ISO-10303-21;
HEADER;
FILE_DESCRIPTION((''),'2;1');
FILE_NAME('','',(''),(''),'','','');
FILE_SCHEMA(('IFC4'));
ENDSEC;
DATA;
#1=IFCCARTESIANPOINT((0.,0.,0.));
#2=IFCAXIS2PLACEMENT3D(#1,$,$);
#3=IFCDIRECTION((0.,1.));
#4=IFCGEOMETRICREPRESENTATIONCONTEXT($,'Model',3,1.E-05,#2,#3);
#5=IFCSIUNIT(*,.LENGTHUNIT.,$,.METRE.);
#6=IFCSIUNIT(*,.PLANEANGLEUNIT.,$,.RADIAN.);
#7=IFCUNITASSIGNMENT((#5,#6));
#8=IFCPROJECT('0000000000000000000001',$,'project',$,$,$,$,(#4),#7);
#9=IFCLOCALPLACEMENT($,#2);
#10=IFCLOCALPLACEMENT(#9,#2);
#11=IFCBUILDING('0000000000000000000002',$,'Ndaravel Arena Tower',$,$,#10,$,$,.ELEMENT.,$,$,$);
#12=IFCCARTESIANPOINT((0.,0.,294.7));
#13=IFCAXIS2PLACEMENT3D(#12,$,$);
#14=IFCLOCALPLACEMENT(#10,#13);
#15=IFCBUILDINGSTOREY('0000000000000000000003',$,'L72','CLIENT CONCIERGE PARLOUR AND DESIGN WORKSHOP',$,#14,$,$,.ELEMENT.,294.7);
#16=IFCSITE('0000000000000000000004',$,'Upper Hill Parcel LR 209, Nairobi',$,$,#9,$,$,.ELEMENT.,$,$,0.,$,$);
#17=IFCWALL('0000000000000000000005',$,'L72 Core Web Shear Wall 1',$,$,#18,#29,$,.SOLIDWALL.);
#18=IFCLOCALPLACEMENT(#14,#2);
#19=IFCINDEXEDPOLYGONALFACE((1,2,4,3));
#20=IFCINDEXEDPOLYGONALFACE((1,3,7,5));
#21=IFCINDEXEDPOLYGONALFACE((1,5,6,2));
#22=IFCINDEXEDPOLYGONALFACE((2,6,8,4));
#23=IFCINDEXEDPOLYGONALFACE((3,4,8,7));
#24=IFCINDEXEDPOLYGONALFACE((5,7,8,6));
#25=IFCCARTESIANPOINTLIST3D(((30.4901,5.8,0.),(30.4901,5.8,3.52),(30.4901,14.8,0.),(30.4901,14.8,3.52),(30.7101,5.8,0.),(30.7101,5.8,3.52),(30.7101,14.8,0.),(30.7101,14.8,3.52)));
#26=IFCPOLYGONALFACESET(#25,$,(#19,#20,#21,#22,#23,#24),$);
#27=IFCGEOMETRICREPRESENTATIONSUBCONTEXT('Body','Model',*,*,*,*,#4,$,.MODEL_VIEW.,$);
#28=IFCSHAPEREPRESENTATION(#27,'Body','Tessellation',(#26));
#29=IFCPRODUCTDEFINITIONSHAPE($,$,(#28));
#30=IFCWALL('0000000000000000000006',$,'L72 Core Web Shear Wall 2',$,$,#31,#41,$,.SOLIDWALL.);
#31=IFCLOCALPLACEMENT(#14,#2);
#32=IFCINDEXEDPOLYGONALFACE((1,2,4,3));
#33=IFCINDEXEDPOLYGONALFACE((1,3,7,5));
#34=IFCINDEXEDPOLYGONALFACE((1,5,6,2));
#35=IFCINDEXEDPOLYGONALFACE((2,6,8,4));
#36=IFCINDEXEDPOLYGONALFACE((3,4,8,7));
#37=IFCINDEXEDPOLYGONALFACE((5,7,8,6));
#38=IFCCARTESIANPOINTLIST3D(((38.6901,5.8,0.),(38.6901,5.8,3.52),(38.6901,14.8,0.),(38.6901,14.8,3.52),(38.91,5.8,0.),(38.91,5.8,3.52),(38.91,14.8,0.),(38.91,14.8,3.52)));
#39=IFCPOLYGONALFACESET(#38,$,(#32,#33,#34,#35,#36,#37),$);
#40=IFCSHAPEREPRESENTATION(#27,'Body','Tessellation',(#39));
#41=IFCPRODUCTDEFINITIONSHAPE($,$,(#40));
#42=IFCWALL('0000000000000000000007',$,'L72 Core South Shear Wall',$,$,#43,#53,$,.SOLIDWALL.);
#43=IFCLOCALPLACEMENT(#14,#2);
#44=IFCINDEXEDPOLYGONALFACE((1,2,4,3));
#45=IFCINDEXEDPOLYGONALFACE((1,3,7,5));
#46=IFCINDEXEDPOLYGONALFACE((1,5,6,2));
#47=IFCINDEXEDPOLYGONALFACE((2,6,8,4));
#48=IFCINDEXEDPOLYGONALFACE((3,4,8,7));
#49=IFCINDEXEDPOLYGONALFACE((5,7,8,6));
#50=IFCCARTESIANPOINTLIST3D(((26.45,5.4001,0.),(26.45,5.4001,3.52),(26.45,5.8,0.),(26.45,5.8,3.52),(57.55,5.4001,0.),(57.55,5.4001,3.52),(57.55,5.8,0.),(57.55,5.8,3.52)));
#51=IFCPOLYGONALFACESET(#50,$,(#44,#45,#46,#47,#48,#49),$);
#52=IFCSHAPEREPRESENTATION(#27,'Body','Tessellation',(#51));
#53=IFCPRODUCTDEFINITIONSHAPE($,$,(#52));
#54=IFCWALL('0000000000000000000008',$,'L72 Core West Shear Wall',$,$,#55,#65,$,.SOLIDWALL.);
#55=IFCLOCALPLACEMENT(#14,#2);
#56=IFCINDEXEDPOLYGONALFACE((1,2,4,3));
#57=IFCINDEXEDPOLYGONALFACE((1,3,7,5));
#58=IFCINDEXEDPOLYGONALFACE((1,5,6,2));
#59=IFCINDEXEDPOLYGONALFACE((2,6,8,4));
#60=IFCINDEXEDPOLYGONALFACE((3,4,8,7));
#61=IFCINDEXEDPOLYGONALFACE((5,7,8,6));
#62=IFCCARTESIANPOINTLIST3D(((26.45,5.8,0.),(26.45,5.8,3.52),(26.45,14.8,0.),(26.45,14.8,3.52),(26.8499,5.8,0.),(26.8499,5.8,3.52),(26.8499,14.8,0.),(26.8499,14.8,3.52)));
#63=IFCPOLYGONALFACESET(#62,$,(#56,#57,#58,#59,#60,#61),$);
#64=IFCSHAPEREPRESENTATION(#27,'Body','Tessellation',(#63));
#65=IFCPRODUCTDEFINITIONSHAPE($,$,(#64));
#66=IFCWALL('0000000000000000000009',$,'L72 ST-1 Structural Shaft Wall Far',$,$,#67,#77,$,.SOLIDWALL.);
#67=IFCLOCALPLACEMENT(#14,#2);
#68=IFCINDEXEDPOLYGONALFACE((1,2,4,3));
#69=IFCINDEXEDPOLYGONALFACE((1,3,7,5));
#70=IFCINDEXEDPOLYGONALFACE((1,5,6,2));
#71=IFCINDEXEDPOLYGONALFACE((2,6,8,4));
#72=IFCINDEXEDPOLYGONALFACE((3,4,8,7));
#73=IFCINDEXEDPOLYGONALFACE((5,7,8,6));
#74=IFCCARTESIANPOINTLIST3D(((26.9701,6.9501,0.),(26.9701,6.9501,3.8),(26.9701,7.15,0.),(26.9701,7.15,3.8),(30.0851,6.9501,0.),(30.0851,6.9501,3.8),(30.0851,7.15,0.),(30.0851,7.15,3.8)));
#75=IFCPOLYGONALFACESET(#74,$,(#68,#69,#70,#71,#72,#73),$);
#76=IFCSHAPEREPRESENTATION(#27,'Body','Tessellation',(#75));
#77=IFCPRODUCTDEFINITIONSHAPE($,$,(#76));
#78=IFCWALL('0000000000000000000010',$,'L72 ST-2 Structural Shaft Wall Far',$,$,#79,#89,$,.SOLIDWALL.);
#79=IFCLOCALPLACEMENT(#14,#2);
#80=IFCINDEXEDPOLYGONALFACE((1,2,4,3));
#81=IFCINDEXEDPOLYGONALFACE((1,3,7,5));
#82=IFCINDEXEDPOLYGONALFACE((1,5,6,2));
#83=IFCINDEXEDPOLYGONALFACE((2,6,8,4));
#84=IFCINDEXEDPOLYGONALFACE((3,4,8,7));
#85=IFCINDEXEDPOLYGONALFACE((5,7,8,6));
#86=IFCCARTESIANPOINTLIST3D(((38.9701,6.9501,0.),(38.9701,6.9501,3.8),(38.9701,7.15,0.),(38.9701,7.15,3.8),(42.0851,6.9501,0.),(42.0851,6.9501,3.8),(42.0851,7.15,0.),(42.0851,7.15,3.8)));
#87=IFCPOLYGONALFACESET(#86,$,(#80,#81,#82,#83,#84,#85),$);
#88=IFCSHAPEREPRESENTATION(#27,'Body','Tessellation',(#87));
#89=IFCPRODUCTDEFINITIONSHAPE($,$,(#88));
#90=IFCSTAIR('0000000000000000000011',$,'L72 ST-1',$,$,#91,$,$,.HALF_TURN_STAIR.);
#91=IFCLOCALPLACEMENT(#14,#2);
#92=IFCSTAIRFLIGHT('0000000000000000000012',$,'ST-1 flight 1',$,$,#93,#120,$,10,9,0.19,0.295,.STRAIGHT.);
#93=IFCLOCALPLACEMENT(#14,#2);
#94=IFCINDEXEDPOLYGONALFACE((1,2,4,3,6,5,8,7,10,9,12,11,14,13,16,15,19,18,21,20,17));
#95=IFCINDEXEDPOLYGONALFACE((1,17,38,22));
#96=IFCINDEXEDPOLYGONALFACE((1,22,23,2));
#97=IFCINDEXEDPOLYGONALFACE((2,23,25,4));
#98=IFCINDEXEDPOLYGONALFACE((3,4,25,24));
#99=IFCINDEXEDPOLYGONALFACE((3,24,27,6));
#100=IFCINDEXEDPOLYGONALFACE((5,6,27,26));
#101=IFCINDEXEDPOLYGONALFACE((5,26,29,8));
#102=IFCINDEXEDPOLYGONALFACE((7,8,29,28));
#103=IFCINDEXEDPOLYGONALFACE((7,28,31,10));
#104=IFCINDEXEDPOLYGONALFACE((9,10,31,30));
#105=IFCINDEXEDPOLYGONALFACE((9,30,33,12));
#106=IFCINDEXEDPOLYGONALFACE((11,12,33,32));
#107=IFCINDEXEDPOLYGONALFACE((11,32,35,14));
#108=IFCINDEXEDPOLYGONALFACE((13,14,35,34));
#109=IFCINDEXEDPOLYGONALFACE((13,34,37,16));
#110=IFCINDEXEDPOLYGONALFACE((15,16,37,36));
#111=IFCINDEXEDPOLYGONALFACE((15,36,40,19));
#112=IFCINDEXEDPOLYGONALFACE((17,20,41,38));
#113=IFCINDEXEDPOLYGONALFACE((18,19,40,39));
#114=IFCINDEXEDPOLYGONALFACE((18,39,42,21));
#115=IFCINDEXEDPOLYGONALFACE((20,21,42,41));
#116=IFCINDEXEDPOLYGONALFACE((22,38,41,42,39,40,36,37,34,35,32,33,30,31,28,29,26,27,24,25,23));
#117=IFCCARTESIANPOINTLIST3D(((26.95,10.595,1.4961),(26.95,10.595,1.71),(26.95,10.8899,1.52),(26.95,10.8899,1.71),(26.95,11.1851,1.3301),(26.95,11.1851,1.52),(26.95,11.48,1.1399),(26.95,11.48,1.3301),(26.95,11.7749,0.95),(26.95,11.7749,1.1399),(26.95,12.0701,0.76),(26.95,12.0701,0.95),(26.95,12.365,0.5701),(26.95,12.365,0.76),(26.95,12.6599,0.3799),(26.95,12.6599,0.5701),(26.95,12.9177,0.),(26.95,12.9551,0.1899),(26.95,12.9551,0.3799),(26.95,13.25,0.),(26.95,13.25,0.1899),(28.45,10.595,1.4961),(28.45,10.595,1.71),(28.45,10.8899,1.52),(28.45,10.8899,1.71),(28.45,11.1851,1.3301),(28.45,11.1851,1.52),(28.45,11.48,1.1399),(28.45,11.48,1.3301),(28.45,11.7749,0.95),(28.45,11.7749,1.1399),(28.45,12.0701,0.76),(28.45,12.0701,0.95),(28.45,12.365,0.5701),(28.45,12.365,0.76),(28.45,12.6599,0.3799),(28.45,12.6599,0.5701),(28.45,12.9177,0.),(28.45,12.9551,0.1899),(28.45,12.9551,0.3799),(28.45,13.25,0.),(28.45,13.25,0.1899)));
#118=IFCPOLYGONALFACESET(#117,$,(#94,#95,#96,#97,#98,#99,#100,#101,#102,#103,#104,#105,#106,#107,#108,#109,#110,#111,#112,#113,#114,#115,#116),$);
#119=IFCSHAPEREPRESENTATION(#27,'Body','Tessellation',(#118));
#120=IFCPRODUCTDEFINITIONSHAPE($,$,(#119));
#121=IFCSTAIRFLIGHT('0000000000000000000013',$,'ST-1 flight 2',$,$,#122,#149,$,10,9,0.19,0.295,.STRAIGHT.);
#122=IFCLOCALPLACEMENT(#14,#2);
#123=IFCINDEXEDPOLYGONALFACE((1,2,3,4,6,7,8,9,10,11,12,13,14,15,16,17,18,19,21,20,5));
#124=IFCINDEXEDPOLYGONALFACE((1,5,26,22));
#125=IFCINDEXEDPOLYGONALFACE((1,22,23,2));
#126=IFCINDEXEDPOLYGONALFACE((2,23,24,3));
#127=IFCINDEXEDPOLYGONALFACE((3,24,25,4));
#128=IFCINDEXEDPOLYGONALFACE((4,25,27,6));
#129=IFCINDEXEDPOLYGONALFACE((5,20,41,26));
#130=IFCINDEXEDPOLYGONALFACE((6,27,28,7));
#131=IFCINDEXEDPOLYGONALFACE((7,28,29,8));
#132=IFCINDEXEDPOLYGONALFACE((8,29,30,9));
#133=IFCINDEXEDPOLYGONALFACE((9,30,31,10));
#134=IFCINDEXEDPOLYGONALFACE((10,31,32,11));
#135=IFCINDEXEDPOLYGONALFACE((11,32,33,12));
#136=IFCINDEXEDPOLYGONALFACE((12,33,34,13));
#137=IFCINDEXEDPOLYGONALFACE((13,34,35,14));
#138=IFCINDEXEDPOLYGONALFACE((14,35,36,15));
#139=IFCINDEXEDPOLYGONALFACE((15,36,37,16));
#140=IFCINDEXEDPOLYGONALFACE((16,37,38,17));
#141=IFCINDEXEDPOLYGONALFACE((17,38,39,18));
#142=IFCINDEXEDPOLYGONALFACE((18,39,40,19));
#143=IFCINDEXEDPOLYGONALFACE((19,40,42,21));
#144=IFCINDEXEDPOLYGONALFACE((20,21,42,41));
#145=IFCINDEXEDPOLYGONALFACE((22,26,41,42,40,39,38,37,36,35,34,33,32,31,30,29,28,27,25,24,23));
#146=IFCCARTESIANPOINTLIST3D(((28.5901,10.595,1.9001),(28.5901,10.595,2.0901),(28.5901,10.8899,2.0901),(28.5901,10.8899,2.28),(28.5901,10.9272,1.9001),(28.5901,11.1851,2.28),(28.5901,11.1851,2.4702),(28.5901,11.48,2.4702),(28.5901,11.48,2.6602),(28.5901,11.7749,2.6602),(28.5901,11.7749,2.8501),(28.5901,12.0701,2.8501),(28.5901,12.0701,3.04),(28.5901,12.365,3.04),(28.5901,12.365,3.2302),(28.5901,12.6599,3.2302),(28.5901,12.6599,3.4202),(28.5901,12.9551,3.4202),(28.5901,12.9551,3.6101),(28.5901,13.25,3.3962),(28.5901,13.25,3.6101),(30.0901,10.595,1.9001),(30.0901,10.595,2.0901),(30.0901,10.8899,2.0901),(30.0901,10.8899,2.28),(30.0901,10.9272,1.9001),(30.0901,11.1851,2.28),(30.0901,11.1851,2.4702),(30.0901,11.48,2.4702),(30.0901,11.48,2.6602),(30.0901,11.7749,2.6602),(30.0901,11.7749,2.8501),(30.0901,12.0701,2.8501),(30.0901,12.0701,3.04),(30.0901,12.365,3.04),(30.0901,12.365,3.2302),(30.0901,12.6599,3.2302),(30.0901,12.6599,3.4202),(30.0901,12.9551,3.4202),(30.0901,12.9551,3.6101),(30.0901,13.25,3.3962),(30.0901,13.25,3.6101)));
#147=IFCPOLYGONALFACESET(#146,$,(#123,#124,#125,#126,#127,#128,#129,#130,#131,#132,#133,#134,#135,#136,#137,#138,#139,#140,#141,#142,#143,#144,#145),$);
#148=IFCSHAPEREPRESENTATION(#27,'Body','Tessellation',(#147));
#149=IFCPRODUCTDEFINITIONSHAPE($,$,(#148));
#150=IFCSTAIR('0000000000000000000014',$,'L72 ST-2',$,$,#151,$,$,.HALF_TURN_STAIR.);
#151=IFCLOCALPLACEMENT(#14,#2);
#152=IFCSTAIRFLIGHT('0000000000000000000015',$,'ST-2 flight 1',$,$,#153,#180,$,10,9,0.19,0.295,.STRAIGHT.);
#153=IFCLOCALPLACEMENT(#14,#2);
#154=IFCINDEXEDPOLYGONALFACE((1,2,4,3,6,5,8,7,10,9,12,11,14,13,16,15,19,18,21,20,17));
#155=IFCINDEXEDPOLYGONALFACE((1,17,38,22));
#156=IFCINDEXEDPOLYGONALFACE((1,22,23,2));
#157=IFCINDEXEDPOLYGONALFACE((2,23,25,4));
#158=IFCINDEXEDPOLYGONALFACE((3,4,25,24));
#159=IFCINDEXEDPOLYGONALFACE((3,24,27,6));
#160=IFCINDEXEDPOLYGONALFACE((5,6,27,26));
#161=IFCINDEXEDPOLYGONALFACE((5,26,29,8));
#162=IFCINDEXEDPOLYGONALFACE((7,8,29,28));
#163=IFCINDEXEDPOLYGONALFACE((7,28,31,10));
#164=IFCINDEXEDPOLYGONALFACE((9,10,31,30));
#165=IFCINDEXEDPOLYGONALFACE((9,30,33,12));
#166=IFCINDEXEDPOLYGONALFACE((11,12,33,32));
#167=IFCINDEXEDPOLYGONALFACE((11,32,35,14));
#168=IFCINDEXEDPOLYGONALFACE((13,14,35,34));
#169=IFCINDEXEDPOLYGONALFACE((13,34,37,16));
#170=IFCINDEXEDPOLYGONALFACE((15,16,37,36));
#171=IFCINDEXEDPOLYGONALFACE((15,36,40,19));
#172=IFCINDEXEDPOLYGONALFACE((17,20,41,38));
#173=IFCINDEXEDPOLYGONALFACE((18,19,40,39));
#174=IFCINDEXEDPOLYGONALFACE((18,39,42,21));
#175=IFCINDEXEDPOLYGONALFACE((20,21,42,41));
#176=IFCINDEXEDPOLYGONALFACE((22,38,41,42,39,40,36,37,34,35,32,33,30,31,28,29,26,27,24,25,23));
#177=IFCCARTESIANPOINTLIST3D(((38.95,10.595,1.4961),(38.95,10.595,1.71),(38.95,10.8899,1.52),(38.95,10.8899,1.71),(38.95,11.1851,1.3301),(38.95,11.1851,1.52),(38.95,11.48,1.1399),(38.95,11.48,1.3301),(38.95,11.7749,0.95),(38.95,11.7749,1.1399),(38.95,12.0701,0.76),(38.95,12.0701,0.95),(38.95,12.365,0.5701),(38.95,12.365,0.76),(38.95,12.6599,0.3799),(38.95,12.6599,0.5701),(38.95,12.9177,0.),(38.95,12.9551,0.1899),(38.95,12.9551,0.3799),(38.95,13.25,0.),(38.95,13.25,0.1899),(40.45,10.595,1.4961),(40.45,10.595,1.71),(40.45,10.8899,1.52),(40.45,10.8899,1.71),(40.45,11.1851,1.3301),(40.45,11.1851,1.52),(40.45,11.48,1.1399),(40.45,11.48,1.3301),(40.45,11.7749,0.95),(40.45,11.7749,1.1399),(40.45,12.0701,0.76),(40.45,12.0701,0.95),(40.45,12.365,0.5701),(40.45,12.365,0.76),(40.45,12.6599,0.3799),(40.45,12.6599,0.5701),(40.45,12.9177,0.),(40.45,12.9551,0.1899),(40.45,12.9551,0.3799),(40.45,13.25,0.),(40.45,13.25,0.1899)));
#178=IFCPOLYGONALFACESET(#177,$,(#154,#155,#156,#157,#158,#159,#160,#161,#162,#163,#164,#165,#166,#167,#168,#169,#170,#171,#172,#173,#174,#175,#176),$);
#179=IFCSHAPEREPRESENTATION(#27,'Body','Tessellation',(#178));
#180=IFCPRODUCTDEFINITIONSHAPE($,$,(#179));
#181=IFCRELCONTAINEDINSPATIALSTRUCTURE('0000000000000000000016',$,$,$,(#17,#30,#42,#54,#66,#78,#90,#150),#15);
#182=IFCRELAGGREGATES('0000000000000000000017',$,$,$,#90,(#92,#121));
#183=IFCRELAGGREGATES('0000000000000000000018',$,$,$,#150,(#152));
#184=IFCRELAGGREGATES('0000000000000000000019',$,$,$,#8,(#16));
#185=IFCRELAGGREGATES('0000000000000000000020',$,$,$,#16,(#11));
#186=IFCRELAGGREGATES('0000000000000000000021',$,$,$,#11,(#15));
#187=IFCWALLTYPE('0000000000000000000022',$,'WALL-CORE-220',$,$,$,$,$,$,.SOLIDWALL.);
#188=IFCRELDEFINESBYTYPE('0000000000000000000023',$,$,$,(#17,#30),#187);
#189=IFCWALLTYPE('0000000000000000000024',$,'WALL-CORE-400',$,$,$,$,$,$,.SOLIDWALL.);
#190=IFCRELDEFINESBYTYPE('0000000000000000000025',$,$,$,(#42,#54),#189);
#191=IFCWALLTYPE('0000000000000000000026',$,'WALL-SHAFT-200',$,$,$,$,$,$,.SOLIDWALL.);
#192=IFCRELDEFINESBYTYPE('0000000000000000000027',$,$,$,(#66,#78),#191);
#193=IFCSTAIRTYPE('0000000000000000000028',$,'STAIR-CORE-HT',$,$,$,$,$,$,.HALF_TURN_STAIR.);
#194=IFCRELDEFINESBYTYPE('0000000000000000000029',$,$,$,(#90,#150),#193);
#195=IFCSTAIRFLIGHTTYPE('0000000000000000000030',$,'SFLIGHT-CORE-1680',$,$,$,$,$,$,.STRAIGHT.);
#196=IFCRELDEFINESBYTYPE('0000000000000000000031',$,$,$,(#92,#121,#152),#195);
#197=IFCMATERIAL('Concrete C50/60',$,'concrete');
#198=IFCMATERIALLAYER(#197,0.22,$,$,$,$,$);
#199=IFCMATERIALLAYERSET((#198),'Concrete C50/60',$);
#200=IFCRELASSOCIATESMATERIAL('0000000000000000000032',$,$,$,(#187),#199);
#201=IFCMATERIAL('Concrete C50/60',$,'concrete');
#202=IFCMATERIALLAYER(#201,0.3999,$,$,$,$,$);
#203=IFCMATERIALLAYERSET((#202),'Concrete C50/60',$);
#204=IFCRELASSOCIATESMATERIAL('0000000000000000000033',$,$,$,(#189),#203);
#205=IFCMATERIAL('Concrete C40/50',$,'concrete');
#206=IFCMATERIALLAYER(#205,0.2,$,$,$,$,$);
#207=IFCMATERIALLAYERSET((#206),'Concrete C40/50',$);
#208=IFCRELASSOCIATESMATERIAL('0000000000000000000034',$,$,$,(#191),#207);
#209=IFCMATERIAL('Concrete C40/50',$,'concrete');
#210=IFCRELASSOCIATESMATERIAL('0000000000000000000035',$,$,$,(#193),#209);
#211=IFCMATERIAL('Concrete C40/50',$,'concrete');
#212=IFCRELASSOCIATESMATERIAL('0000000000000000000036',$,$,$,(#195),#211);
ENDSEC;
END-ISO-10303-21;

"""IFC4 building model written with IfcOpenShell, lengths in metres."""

from ifc_helpers import new_model, si_unit, direction, frame, frame_2d, origin, place, context, subcontext, project, spatial, polyline, rectangle, outline, extrude, material, layer, layer_set, type_object, element, aggregate, save


model = new_model("IFC4")

# Units and contexts
model_context = context("Model", 3, precision=1e-05, world=origin(), true_north=direction((0.0, 1.0)))
body_context = subcontext(model_context, "Body", "Model", "MODEL_VIEW")
ifc_project = project(units=[si_unit("LENGTHUNIT", "METRE"), si_unit("PLANEANGLEUNIT", "RADIAN")], contexts=[model_context])

# Site, building, storey
site_placement = place(None, origin())
site = spatial("IfcSite", under=ifc_project, at=site_placement, Name="Upper Hill Parcel LR 209, Nairobi", CompositionType="ELEMENT", RefElevation=0.0)
building_placement = place(site_placement, origin())
building = spatial("IfcBuilding", under=site, at=building_placement, Name="Ndaravel Arena Tower", CompositionType="ELEMENT")
storey_placement = place(building_placement, frame((0.0, 0.0, 294.7)))
storey = spatial("IfcBuildingStorey", under=building, at=storey_placement, Name="L72", Description="CLIENT CONCIERGE PARLOUR AND DESIGN WORKSHOP", CompositionType="ELEMENT", Elevation=294.7)

# Walls
ifc_material_1 = material(Name="Concrete C50/60", Category="concrete")
ifc_layer_1 = layer(ifc_material_1, 0.22)
ifc_layer_set_1 = layer_set([ifc_layer_1], Name="Concrete C50/60")
wall_type_1 = type_object("IfcWallType", Name="WALL-CORE-220", PredefinedType="SOLIDWALL", material=ifc_layer_set_1)
for number, where, z_axis, x_axis, name in (
    (1, (30.6001, 5.8, 0.0), (0.0, 0.0, 1.0), (0.0, 1.0, 0.0), "L72 Core Web Shear Wall 1"),
    (2, (38.8, 5.8, 0.0), (0.0, 0.0, 1.0), (0.0, 1.0, 0.0), "L72 Core Web Shear Wall 2"),
):
    element("IfcWall", number, at=place(storey_placement, frame(where, z_axis=z_axis, x_axis=x_axis)), inside=storey, type_object=wall_type_1, Name=name, PredefinedType="SOLIDWALL", context=body_context, shape_type="SweptSolid", body=[
        extrude(rectangle(XDim=9.0, YDim=0.22, at=frame_2d((4.5, 0.0))), origin(), (0.0, 0.0, 1.0), 3.52),
    ])
ifc_material_2 = material(Name="Concrete C50/60", Category="concrete")
ifc_layer_2 = layer(ifc_material_2, 0.3999)
ifc_layer_set_2 = layer_set([ifc_layer_2], Name="Concrete C50/60")
wall_type_2 = type_object("IfcWallType", Name="WALL-CORE-400", PredefinedType="SOLIDWALL", material=ifc_layer_set_2)
wall_1_placement = place(storey_placement, frame((26.45, 5.6001, 0.0), z_axis=(0.0, 0.0, 1.0), x_axis=(1.0, 0.0, 0.0)))
element("IfcWall", 3, at=wall_1_placement, inside=storey, type_object=wall_type_2, Name="L72 Core South Shear Wall", PredefinedType="SOLIDWALL", context=body_context, shape_type="SweptSolid", body=[
    extrude(rectangle(XDim=31.1001, YDim=0.3999, at=frame_2d((15.55, 0.0))), origin(), (0.0, 0.0, 1.0), 3.52),
])
wall_2_placement = place(storey_placement, frame((26.6499, 5.8, 0.0), z_axis=(0.0, 0.0, 1.0), x_axis=(0.0, 1.0, 0.0)))
element("IfcWall", 4, at=wall_2_placement, inside=storey, type_object=wall_type_2, Name="L72 Core West Shear Wall", PredefinedType="SOLIDWALL", context=body_context, shape_type="SweptSolid", body=[
    extrude(rectangle(XDim=9.0, YDim=0.3999, at=frame_2d((4.5, 0.0))), origin(), (0.0, 0.0, 1.0), 3.52),
])
ifc_material_3 = material(Name="Concrete C40/50", Category="concrete")
ifc_layer_3 = layer(ifc_material_3, 0.2)
ifc_layer_set_3 = layer_set([ifc_layer_3], Name="Concrete C40/50")
wall_type_3 = type_object("IfcWallType", Name="WALL-SHAFT-200", PredefinedType="SOLIDWALL", material=ifc_layer_set_3)
for number, where, z_axis, x_axis, name in (
    (5, (26.97, 7.05, 0.0), (0.0, 0.0, 1.0), (1.0, 0.0, 0.0), "L72 ST-1 Structural Shaft Wall Far"),
    (6, (38.97, 7.05, 0.0), (0.0, 0.0, 1.0), (1.0, 0.0, 0.0), "L72 ST-2 Structural Shaft Wall Far"),
):
    element("IfcWall", number, at=place(storey_placement, frame(where, z_axis=z_axis, x_axis=x_axis)), inside=storey, type_object=wall_type_3, Name=name, PredefinedType="SOLIDWALL", context=body_context, shape_type="SweptSolid", body=[
        extrude(rectangle(XDim=3.115, YDim=0.2, at=frame_2d((1.5576, 0.0))), origin(), (0.0, 0.0, 1.0), 3.8),
    ])

# Stairs, stair flights
ifc_material_4 = material(Name="Concrete C40/50", Category="concrete")
stair_type = type_object("IfcStairType", Name="STAIR-CORE-HT", PredefinedType="HALF_TURN_STAIR", material=ifc_material_4)
stair_1_placement = place(storey_placement, origin())
stair_1 = element("IfcStair", 7, at=stair_1_placement, inside=storey, type_object=stair_type, Name="L72 ST-1", PredefinedType="HALF_TURN_STAIR")
ifc_material_5 = material(Name="Concrete C40/50", Category="concrete")
stair_flight_type = type_object("IfcStairFlightType", Name="SFLIGHT-CORE-1680", PredefinedType="STRAIGHT", material=ifc_material_5)
stair_flight_1_placement = place(storey_placement, frame((27.7, 13.25, 0.0), z_axis=(0.0, 0.0, 1.0), x_axis=(0.0, -1.0, 0.0)))
stair_flight_1 = element("IfcStairFlight", 8, at=stair_flight_1_placement, type_object=stair_flight_type, Name="ST-1 flight 1", NumberOfRisers=10, NumberOfTreads=9, PredefinedType="STRAIGHT", RiserHeight=0.19, TreadLength=0.295, context=body_context, shape_type="SweptSolid", body=[
    extrude(outline(polyline([(0.0, 0.0), (0.0, 0.1899), (0.2949, 0.1899), (0.2949, 0.3799), (0.5901, 0.3799), (0.5901, 0.5701), (0.885, 0.5701), (0.885, 0.76), (1.1799, 0.76), (1.1799, 0.95), (1.4751, 0.95), (1.4751, 1.1399), (1.77, 1.1399), (1.77, 1.3301), (2.0649, 1.3301), (2.0649, 1.52), (2.3601, 1.52), (2.3601, 1.71), (2.655, 1.71), (2.655, 1.8999), (2.655, 1.4961), (0.3323, 0.0), (0.0, 0.0)])), frame((0.0, 0.75, 0.0), z_axis=(0.0, -1.0, 0.0), x_axis=(1.0, 0.0, 0.0)), (0.0, 0.0, 1.0), 1.5),
])
stair_flight_2_placement = place(storey_placement, frame((29.3401, 10.595, 1.9001), z_axis=(0.0, 0.0, 1.0), x_axis=(0.0, 1.0, 0.0)))
stair_flight_2 = element("IfcStairFlight", 9, at=stair_flight_2_placement, type_object=stair_flight_type, Name="ST-1 flight 2", NumberOfRisers=10, NumberOfTreads=9, PredefinedType="STRAIGHT", RiserHeight=0.19, TreadLength=0.295, context=body_context, shape_type="SweptSolid", body=[
    extrude(outline(polyline([(0.0, 0.0), (0.0, 0.1899), (0.2949, 0.1899), (0.2949, 0.3799), (0.5901, 0.3799), (0.5901, 0.5701), (0.885, 0.5701), (0.885, 0.76), (1.1799, 0.76), (1.1799, 0.95), (1.4751, 0.95), (1.4751, 1.1399), (1.77, 1.1399), (1.77, 1.3301), (2.0649, 1.3301), (2.0649, 1.52), (2.3601, 1.52), (2.3601, 1.71), (2.655, 1.71), (2.655, 1.8999), (2.655, 1.4961), (0.3323, 0.0), (0.0, 0.0)])), frame((0.0, 0.75, 0.0), z_axis=(0.0, -1.0, 0.0), x_axis=(1.0, 0.0, 0.0)), (0.0, 0.0, 1.0), 1.5),
])
aggregate(stair_1, [stair_flight_1, stair_flight_2])
stair_2_placement = place(storey_placement, origin())
stair_2 = element("IfcStair", 10, at=stair_2_placement, inside=storey, type_object=stair_type, Name="L72 ST-2", PredefinedType="HALF_TURN_STAIR")
stair_flight_3_placement = place(storey_placement, frame((39.7, 13.25, 0.0), z_axis=(0.0, 0.0, 1.0), x_axis=(0.0, -1.0, 0.0)))
stair_flight_3 = element("IfcStairFlight", 11, at=stair_flight_3_placement, type_object=stair_flight_type, Name="ST-2 flight 1", NumberOfRisers=10, NumberOfTreads=9, PredefinedType="STRAIGHT", RiserHeight=0.19, TreadLength=0.295, context=body_context, shape_type="SweptSolid", body=[
    extrude(outline(polyline([(0.0, 0.0), (0.0, 0.1899), (0.2949, 0.1899), (0.2949, 0.3799), (0.5901, 0.3799), (0.5901, 0.5701), (0.885, 0.5701), (0.885, 0.76), (1.1799, 0.76), (1.1799, 0.95), (1.4751, 0.95), (1.4751, 1.1399), (1.77, 1.1399), (1.77, 1.3301), (2.0649, 1.3301), (2.0649, 1.52), (2.3601, 1.52), (2.3601, 1.71), (2.655, 1.71), (2.655, 1.8999), (2.655, 1.4961), (0.3323, 0.0), (0.0, 0.0)])), frame((0.0, 0.75, 0.0), z_axis=(0.0, -1.0, 0.0), x_axis=(1.0, 0.0, 0.0)), (0.0, 0.0, 1.0), 1.5),
])
aggregate(stair_2, [stair_flight_3])

save(model, "model.ifc")
